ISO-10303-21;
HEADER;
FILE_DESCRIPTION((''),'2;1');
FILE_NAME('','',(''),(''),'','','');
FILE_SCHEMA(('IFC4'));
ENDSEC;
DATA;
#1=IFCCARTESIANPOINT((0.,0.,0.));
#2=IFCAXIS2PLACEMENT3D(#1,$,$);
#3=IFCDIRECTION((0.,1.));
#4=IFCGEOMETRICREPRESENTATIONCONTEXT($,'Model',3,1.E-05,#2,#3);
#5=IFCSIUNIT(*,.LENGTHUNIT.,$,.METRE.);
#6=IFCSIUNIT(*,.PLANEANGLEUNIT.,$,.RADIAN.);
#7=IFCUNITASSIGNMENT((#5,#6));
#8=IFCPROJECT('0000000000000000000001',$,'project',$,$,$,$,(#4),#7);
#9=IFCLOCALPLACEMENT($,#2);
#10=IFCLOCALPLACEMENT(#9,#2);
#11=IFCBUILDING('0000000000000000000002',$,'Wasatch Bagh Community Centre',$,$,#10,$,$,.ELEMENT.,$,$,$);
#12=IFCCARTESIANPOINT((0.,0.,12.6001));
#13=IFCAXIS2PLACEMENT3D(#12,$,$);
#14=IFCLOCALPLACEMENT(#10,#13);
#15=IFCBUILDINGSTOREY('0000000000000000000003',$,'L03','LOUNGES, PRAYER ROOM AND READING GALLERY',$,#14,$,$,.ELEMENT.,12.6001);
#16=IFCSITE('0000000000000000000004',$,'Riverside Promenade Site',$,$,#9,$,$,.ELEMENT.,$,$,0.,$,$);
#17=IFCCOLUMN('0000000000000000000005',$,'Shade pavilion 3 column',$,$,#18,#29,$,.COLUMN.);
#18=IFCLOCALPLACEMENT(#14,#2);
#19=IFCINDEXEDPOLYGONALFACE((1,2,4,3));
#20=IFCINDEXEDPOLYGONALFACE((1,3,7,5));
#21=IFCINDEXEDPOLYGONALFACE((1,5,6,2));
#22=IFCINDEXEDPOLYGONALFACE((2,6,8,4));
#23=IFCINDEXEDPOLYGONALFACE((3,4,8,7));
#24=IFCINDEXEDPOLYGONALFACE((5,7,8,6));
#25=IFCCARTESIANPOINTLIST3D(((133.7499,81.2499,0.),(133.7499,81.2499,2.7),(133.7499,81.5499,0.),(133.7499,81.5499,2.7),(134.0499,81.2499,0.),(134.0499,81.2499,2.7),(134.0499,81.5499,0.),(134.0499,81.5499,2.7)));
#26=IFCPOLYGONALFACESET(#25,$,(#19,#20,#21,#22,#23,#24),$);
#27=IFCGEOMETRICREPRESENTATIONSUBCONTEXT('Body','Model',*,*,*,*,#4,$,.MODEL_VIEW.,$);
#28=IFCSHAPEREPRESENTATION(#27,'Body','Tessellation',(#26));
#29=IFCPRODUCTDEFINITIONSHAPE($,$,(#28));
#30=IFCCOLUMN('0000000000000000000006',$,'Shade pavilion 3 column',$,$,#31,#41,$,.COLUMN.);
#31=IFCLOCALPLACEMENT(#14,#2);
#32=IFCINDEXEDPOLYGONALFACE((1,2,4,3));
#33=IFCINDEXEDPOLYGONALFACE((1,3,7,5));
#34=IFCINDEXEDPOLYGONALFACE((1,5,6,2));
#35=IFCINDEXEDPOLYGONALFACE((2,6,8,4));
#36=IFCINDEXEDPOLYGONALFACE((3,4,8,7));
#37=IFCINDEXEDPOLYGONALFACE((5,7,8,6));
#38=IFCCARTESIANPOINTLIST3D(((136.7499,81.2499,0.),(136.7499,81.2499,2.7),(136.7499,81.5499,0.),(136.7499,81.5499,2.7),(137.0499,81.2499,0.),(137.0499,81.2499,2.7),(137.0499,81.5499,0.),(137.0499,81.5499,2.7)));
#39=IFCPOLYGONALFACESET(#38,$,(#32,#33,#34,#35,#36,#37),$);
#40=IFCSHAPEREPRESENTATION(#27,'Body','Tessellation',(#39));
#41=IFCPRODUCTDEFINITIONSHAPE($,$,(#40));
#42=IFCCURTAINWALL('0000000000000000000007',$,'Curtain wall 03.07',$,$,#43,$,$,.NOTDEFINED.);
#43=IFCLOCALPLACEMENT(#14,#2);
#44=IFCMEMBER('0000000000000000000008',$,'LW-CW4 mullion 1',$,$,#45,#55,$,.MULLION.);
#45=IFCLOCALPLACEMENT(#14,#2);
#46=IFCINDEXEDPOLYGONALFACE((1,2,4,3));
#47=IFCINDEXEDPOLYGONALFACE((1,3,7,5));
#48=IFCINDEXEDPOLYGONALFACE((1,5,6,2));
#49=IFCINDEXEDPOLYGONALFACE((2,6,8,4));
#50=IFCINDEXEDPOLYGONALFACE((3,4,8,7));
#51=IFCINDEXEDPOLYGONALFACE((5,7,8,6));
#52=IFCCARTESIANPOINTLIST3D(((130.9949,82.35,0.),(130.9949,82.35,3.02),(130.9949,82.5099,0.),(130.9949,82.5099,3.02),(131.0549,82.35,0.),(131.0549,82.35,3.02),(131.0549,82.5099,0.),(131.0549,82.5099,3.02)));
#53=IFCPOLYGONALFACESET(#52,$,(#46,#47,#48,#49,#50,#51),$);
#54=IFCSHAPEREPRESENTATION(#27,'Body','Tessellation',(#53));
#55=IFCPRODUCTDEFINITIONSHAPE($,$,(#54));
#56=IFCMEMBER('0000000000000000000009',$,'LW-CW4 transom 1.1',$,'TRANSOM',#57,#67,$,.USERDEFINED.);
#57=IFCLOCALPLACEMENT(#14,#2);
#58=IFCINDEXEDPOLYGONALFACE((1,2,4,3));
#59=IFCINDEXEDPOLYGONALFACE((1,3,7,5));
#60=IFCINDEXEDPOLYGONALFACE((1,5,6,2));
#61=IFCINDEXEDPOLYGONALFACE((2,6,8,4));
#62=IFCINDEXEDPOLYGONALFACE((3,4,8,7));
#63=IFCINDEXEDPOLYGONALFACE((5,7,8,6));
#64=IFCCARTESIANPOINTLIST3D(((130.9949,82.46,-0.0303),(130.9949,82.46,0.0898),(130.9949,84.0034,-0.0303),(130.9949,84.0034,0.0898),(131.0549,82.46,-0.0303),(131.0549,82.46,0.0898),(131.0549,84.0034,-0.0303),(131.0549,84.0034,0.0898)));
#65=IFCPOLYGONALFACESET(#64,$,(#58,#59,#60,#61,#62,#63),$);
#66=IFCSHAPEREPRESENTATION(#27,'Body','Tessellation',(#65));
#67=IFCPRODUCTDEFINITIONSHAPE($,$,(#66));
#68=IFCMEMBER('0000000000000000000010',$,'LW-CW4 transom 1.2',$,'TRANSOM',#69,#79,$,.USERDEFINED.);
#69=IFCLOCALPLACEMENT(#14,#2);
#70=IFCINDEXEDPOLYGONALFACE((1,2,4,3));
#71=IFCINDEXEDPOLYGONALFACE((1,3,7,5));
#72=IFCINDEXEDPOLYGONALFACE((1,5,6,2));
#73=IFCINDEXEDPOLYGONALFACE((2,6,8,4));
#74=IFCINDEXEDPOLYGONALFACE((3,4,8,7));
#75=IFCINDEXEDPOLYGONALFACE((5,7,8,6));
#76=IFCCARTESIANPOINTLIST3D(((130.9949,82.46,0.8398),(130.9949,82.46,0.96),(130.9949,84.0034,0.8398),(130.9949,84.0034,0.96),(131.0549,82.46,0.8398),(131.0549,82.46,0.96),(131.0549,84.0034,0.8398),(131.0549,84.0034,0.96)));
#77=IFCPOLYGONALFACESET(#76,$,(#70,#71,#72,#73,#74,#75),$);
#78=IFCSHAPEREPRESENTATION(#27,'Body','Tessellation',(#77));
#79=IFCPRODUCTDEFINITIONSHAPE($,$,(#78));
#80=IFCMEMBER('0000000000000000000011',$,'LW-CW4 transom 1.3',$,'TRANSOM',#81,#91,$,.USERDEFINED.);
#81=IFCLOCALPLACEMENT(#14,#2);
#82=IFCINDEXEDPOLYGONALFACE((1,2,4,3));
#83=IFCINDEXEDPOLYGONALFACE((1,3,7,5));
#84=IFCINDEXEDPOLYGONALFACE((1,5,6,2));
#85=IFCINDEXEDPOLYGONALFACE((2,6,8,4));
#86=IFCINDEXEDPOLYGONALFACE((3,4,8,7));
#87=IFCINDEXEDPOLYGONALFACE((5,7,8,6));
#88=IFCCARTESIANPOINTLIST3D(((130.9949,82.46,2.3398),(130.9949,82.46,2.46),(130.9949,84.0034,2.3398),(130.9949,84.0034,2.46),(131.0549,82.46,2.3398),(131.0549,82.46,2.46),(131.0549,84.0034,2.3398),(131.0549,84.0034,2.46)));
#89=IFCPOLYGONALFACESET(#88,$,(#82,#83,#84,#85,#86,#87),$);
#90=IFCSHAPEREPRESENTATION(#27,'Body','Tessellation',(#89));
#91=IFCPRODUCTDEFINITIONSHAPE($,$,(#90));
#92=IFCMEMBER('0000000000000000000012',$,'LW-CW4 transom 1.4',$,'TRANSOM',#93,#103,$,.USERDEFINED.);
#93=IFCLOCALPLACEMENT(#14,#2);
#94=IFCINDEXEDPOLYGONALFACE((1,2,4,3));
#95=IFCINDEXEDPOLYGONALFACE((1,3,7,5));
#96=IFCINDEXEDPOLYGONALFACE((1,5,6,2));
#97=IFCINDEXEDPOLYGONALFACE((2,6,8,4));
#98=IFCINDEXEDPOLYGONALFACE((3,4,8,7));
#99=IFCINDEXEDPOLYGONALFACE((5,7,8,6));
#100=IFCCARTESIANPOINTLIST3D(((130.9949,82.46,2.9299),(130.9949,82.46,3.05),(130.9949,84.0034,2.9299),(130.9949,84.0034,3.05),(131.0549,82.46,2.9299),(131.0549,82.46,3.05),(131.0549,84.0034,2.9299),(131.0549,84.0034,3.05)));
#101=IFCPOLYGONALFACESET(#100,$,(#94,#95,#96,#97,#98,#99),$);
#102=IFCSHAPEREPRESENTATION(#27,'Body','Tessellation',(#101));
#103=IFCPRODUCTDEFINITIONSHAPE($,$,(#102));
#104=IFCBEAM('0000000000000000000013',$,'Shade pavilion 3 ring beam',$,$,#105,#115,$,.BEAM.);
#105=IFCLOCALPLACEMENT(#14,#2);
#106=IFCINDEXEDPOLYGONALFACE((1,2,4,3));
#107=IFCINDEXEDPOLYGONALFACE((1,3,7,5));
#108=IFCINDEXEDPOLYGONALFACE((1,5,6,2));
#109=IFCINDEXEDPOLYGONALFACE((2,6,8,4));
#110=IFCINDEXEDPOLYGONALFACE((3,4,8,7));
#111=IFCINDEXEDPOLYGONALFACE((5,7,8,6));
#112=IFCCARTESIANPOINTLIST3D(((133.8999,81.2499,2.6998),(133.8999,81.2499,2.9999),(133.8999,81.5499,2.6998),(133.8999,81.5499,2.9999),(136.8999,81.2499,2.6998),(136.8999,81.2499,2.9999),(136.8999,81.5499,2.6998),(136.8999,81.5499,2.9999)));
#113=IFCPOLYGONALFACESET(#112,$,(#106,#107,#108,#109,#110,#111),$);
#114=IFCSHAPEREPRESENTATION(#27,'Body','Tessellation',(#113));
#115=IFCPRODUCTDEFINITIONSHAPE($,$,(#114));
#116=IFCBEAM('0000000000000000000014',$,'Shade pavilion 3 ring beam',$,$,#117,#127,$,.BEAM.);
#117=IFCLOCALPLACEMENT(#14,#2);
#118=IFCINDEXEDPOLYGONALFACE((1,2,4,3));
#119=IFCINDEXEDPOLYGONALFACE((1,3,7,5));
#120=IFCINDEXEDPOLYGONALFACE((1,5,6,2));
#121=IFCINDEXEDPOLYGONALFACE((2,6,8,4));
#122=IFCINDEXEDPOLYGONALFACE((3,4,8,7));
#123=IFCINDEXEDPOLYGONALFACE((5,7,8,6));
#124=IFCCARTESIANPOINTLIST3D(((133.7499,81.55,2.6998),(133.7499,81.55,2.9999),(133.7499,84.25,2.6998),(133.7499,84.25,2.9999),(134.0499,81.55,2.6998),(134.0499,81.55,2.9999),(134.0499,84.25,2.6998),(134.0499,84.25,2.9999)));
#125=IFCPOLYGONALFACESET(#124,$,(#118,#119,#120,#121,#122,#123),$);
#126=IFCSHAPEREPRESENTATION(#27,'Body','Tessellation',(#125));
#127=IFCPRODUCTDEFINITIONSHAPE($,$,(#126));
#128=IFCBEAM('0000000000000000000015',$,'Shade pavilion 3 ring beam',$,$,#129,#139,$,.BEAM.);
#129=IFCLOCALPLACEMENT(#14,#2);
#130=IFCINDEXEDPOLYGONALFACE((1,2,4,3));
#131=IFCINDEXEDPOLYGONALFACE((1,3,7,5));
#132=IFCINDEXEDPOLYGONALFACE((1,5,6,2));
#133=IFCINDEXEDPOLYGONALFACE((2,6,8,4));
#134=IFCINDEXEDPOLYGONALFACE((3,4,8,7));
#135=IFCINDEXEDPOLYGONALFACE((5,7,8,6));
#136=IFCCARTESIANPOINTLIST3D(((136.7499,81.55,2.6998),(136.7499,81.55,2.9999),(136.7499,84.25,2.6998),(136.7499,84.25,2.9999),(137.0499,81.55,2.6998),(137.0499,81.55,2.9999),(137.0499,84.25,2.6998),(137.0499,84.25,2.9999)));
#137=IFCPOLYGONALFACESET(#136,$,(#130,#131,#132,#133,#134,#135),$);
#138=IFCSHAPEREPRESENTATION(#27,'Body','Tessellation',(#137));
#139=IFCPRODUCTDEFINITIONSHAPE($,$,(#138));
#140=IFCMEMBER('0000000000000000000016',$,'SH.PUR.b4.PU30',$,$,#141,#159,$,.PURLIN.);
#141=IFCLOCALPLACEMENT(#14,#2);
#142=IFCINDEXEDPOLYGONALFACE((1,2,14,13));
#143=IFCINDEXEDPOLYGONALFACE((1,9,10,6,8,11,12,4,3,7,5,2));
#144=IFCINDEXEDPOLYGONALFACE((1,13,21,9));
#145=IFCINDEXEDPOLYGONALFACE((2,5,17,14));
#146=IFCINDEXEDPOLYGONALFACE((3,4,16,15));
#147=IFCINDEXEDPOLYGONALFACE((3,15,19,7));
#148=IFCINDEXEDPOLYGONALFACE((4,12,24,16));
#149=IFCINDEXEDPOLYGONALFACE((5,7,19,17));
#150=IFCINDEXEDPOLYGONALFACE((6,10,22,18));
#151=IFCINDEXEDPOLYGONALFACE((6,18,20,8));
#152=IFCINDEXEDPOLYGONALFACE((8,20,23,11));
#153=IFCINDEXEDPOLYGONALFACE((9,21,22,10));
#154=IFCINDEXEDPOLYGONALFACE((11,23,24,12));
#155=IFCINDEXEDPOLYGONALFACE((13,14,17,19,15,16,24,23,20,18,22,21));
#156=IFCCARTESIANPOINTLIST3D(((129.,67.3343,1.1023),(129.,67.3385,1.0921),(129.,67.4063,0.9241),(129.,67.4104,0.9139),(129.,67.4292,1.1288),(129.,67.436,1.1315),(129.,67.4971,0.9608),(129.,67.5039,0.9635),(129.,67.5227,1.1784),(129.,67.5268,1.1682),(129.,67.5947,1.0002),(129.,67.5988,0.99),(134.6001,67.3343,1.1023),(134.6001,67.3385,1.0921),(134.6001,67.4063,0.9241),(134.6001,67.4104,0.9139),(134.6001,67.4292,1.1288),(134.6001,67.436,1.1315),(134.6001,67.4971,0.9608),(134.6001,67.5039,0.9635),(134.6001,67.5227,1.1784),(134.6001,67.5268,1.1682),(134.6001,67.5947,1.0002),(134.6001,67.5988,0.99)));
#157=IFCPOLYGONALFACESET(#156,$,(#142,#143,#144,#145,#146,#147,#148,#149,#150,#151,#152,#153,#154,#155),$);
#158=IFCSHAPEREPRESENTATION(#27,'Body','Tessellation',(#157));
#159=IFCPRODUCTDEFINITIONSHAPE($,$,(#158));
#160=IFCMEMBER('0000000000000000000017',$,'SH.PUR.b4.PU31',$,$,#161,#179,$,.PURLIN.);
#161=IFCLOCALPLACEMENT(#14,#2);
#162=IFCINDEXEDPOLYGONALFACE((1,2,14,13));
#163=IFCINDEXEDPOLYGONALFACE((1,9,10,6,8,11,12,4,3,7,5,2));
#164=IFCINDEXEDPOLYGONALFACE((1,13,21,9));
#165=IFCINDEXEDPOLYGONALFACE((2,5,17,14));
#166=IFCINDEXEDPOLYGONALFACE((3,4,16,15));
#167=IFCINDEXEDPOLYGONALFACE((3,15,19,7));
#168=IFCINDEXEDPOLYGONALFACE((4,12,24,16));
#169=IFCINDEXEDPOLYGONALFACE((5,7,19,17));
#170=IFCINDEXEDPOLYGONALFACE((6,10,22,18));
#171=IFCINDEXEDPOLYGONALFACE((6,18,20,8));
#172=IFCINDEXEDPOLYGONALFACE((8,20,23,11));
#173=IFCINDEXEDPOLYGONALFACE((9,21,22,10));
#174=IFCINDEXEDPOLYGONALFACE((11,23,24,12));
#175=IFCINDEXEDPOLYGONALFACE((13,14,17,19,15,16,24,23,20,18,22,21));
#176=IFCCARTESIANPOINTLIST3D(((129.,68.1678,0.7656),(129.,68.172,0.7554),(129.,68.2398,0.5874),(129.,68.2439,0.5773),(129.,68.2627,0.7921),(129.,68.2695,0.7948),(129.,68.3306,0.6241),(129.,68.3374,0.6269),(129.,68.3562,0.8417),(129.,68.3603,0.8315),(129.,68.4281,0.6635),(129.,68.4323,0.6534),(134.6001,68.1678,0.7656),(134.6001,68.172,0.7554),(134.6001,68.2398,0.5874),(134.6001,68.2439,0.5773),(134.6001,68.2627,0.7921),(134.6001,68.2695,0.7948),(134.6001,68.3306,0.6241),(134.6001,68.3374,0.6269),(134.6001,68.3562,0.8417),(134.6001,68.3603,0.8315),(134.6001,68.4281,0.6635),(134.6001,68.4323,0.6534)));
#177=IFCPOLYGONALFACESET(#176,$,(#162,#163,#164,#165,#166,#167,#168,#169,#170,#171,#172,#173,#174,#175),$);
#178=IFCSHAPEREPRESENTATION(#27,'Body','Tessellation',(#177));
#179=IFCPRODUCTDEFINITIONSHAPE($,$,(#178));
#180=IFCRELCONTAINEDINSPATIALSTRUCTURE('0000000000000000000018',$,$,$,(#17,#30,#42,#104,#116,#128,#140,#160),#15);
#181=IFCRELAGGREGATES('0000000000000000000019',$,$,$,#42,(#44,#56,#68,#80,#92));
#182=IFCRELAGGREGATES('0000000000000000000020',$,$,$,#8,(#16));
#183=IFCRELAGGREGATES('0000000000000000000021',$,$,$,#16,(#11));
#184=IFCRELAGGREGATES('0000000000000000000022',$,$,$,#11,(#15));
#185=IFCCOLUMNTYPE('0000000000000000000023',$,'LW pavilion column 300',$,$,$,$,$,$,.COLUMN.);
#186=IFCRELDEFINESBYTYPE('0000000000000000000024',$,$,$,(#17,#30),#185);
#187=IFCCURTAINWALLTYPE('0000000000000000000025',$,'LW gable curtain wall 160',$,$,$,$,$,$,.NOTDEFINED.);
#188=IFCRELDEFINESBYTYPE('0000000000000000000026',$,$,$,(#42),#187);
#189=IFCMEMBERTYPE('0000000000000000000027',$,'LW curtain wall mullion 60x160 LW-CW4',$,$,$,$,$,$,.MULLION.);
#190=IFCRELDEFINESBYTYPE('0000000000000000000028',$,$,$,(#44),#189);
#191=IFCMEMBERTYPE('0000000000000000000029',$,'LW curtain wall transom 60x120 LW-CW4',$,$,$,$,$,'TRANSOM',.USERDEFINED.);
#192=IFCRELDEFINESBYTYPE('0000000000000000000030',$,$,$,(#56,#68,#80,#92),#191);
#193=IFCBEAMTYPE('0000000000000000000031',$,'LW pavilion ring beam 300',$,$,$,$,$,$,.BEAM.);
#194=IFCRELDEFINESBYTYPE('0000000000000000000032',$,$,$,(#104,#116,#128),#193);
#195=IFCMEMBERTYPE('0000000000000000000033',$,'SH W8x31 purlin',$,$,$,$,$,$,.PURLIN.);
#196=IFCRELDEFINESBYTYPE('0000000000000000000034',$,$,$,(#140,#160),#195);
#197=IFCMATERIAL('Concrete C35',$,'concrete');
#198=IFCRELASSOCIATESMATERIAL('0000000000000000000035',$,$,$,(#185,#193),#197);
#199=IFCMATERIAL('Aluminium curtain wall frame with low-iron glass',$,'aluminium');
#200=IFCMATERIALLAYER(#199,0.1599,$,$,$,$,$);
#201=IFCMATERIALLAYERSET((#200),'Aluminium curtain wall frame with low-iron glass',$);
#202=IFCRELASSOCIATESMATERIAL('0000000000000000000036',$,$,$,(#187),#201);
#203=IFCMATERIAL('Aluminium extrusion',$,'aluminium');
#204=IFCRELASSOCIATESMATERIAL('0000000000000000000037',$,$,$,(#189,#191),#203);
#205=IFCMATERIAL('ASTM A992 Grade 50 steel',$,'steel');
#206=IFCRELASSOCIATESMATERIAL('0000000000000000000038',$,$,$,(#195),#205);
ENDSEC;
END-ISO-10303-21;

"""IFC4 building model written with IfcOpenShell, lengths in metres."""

from ifc_helpers import new_model, si_unit, direction, frame, origin, origin_2d, place, context, subcontext, project, spatial, rectangle, i_section, extrude, material, layer, layer_set, material_profile, profile_set, type_object, element, aggregate, save


model = new_model("IFC4")

# Units and contexts
model_context = context("Model", 3, precision=1e-05, world=origin(), true_north=direction((0.0, 1.0)))
body_context = subcontext(model_context, "Body", "Model", "MODEL_VIEW")
ifc_project = project(units=[si_unit("LENGTHUNIT", "METRE"), si_unit("PLANEANGLEUNIT", "RADIAN")], contexts=[model_context])

# Site, building, storey
site_placement = place(None, origin())
site = spatial("IfcSite", under=ifc_project, at=site_placement, Name="Riverside Promenade Site", CompositionType="ELEMENT", RefElevation=0.0)
building_placement = place(site_placement, origin())
building = spatial("IfcBuilding", under=site, at=building_placement, Name="Wasatch Bagh Community Centre", CompositionType="ELEMENT")
storey_placement = place(building_placement, frame((0.0, 0.0, 12.6001)))
storey = spatial("IfcBuildingStorey", under=building, at=storey_placement, Name="L03", Description="LOUNGES, PRAYER ROOM AND READING GALLERY", CompositionType="ELEMENT", Elevation=12.6001)

# Columns
ifc_material_1 = material(Name="Concrete C35", Category="concrete")
ifc_material_profile_1 = material_profile(ifc_material_1, rectangle(XDim=0.3, YDim=0.3, at=origin_2d()), Name="RC 300x300")
ifc_profile_set_1 = profile_set([ifc_material_profile_1], Name="Concrete C35")
column_type = type_object("IfcColumnType", Name="LW pavilion column 300", PredefinedType="COLUMN", material=ifc_profile_set_1)
for number, where, z_axis, x_axis, name in (
    (1, (133.8999, 81.3999, 0.0), (0.0, 0.0, 1.0), (1.0, 0.0, 0.0), "Shade pavilion 3 column"),
    (2, (136.8999, 81.3999, 0.0), (0.0, 0.0, 1.0), (1.0, 0.0, 0.0), "Shade pavilion 3 column"),
):
    element("IfcColumn", number, at=place(storey_placement, frame(where, z_axis=z_axis, x_axis=x_axis)), inside=storey, type_object=column_type, Name=name, PredefinedType="COLUMN", context=body_context, shape_type="SweptSolid", body=[
        extrude(rectangle(XDim=0.3, YDim=0.3, at=origin_2d()), origin(), (0.0, 0.0, 1.0), 2.7),
    ])

# Curtain wall, members
ifc_material_2 = material(Name="Aluminium curtain wall frame with low-iron glass", Category="aluminium")
ifc_layer_1 = layer(ifc_material_2, 0.1599)
ifc_layer_set_1 = layer_set([ifc_layer_1], Name="Aluminium curtain wall frame with low-iron glass")
curtain_wall_type = type_object("IfcCurtainWallType", Name="LW gable curtain wall 160", PredefinedType="NOTDEFINED", material=ifc_layer_set_1)
curtain_wall_placement = place(storey_placement, origin())
curtain_wall = element("IfcCurtainWall", 3, at=curtain_wall_placement, inside=storey, type_object=curtain_wall_type, Name="Curtain wall 03.07", PredefinedType="NOTDEFINED")
ifc_material_3 = material(Name="Aluminium extrusion", Category="aluminium")
ifc_material_profile_2 = material_profile(ifc_material_3, rectangle(XDim=0.0601, YDim=0.1599, at=origin_2d()), Name="AL 60x160")
ifc_profile_set_2 = profile_set([ifc_material_profile_2], Name="Aluminium extrusion")
member_type_1 = type_object("IfcMemberType", Name="LW curtain wall mullion 60x160 LW-CW4", PredefinedType="MULLION", material=ifc_profile_set_2)
member_1_placement = place(storey_placement, frame((131.0249, 82.4299, 0.0), z_axis=(0.0, 0.0, 1.0), x_axis=(-1.0, 0.0, 0.0)))
member_1 = element("IfcMember", 4, at=member_1_placement, type_object=member_type_1, Name="LW-CW4 mullion 1", PredefinedType="MULLION", context=body_context, shape_type="SweptSolid", body=[
    extrude(rectangle(XDim=0.0601, YDim=0.1599, at=origin_2d()), origin(), (0.0, 0.0, 1.0), 3.02),
])
ifc_material_profile_3 = material_profile(ifc_material_3, rectangle(XDim=0.0601, YDim=0.1201, at=origin_2d()), Name="AL 60x120")
ifc_profile_set_3 = profile_set([ifc_material_profile_3], Name="Aluminium extrusion")
member_type_2 = type_object("IfcMemberType", Name="LW curtain wall transom 60x120 LW-CW4", ElementType="TRANSOM", PredefinedType="USERDEFINED", material=ifc_profile_set_3)
member_2_placement = place(storey_placement, frame((131.0249, 82.46, 0.0298), z_axis=(0.0, 1.0, 0.0), x_axis=(-1.0, 0.0, 0.0)))
member_2 = element("IfcMember", 5, at=member_2_placement, type_object=member_type_2, Name="LW-CW4 transom 1.1", ObjectType="TRANSOM", PredefinedType="USERDEFINED", context=body_context, shape_type="SweptSolid", body=[
    extrude(rectangle(XDim=0.0601, YDim=0.1201, at=origin_2d()), origin(), (0.0, 0.0, 1.0), 1.5435),
])
member_3_placement = place(storey_placement, frame((131.0249, 82.46, 0.8999), z_axis=(0.0, 1.0, 0.0), x_axis=(-1.0, 0.0, 0.0)))
member_3 = element("IfcMember", 6, at=member_3_placement, type_object=member_type_2, Name="LW-CW4 transom 1.2", ObjectType="TRANSOM", PredefinedType="USERDEFINED", context=body_context, shape_type="SweptSolid", body=[
    extrude(rectangle(XDim=0.0601, YDim=0.1201, at=origin_2d()), origin(), (0.0, 0.0, 1.0), 1.5435),
])
member_4_placement = place(storey_placement, frame((131.0249, 82.46, 2.3999), z_axis=(0.0, 1.0, 0.0), x_axis=(-1.0, 0.0, 0.0)))
member_4 = element("IfcMember", 7, at=member_4_placement, type_object=member_type_2, Name="LW-CW4 transom 1.3", ObjectType="TRANSOM", PredefinedType="USERDEFINED", context=body_context, shape_type="SweptSolid", body=[
    extrude(rectangle(XDim=0.0601, YDim=0.1201, at=origin_2d()), origin(), (0.0, 0.0, 1.0), 1.5435),
])
member_5_placement = place(storey_placement, frame((131.0249, 82.46, 2.99), z_axis=(0.0, 1.0, 0.0), x_axis=(-1.0, 0.0, 0.0)))
member_5 = element("IfcMember", 8, at=member_5_placement, type_object=member_type_2, Name="LW-CW4 transom 1.4", ObjectType="TRANSOM", PredefinedType="USERDEFINED", context=body_context, shape_type="SweptSolid", body=[
    extrude(rectangle(XDim=0.0601, YDim=0.1201, at=origin_2d()), origin(), (0.0, 0.0, 1.0), 1.5435),
])

# Beams
ifc_material_profile_4 = material_profile(ifc_material_1, rectangle(XDim=0.3, YDim=0.3, at=origin_2d()), Name="RC 300x300")
ifc_profile_set_4 = profile_set([ifc_material_profile_4], Name="Concrete C35")
beam_type = type_object("IfcBeamType", Name="LW pavilion ring beam 300", PredefinedType="BEAM", material=ifc_profile_set_4)
beam_placement = place(storey_placement, frame((133.8999, 81.3999, 2.8499), z_axis=(1.0, 0.0, 0.0), x_axis=(0.0, 1.0, 0.0)))
element("IfcBeam", 9, at=beam_placement, inside=storey, type_object=beam_type, Name="Shade pavilion 3 ring beam", PredefinedType="BEAM", context=body_context, shape_type="SweptSolid", body=[
    extrude(rectangle(XDim=0.3, YDim=0.3, at=origin_2d()), origin(), (0.0, 0.0, 1.0), 3.0),
])
for number, where, z_axis, x_axis, name in (
    (10, (133.8999, 81.55, 2.8499), (0.0, 1.0, 0.0), (-1.0, 0.0, 0.0), "Shade pavilion 3 ring beam"),
    (11, (136.8999, 81.55, 2.8499), (0.0, 1.0, 0.0), (-1.0, 0.0, 0.0), "Shade pavilion 3 ring beam"),
):
    element("IfcBeam", number, at=place(storey_placement, frame(where, z_axis=z_axis, x_axis=x_axis)), inside=storey, type_object=beam_type, Name=name, PredefinedType="BEAM", context=body_context, shape_type="SweptSolid", body=[
        extrude(rectangle(XDim=0.3, YDim=0.3, at=origin_2d()), origin(), (0.0, 0.0, 1.0), 2.7),
    ])

# Members
ifc_material_4 = material(Name="ASTM A992 Grade 50 steel", Category="steel")
ifc_material_profile_5 = material_profile(ifc_material_4, i_section(OverallWidth=0.2031, OverallDepth=0.2031, WebThickness=0.0073, FlangeThickness=0.011, at=origin_2d()), Name="W8x31")
ifc_profile_set_5 = profile_set([ifc_material_profile_5], Name="ASTM A992 Grade 50 steel")
member_type_3 = type_object("IfcMemberType", Name="SH W8x31 purlin", PredefinedType="PURLIN", material=ifc_profile_set_5)
for number, where, z_axis, x_axis, name in (
    (12, (129.0, 67.4666, 1.0461), (1.0, 0.0, 0.0), (0.0, 0.927184, 0.374607), "SH.PUR.b4.PU30"),
    (13, (129.0, 68.3, 0.7095), (1.0, 0.0, 0.0), (0.0, 0.927184, 0.374607), "SH.PUR.b4.PU31"),
):
    element("IfcMember", number, at=place(storey_placement, frame(where, z_axis=z_axis, x_axis=x_axis)), inside=storey, type_object=member_type_3, Name=name, PredefinedType="PURLIN", context=body_context, shape_type="SweptSolid", body=[
        extrude(i_section(OverallWidth=0.2031, OverallDepth=0.2031, WebThickness=0.0073, FlangeThickness=0.011, at=origin_2d()), origin(), (0.0, 0.0, 1.0), 5.6001),
    ])

aggregate(curtain_wall, [member_1, member_2, member_3, member_4, member_5])

save(model, "model.ifc")
